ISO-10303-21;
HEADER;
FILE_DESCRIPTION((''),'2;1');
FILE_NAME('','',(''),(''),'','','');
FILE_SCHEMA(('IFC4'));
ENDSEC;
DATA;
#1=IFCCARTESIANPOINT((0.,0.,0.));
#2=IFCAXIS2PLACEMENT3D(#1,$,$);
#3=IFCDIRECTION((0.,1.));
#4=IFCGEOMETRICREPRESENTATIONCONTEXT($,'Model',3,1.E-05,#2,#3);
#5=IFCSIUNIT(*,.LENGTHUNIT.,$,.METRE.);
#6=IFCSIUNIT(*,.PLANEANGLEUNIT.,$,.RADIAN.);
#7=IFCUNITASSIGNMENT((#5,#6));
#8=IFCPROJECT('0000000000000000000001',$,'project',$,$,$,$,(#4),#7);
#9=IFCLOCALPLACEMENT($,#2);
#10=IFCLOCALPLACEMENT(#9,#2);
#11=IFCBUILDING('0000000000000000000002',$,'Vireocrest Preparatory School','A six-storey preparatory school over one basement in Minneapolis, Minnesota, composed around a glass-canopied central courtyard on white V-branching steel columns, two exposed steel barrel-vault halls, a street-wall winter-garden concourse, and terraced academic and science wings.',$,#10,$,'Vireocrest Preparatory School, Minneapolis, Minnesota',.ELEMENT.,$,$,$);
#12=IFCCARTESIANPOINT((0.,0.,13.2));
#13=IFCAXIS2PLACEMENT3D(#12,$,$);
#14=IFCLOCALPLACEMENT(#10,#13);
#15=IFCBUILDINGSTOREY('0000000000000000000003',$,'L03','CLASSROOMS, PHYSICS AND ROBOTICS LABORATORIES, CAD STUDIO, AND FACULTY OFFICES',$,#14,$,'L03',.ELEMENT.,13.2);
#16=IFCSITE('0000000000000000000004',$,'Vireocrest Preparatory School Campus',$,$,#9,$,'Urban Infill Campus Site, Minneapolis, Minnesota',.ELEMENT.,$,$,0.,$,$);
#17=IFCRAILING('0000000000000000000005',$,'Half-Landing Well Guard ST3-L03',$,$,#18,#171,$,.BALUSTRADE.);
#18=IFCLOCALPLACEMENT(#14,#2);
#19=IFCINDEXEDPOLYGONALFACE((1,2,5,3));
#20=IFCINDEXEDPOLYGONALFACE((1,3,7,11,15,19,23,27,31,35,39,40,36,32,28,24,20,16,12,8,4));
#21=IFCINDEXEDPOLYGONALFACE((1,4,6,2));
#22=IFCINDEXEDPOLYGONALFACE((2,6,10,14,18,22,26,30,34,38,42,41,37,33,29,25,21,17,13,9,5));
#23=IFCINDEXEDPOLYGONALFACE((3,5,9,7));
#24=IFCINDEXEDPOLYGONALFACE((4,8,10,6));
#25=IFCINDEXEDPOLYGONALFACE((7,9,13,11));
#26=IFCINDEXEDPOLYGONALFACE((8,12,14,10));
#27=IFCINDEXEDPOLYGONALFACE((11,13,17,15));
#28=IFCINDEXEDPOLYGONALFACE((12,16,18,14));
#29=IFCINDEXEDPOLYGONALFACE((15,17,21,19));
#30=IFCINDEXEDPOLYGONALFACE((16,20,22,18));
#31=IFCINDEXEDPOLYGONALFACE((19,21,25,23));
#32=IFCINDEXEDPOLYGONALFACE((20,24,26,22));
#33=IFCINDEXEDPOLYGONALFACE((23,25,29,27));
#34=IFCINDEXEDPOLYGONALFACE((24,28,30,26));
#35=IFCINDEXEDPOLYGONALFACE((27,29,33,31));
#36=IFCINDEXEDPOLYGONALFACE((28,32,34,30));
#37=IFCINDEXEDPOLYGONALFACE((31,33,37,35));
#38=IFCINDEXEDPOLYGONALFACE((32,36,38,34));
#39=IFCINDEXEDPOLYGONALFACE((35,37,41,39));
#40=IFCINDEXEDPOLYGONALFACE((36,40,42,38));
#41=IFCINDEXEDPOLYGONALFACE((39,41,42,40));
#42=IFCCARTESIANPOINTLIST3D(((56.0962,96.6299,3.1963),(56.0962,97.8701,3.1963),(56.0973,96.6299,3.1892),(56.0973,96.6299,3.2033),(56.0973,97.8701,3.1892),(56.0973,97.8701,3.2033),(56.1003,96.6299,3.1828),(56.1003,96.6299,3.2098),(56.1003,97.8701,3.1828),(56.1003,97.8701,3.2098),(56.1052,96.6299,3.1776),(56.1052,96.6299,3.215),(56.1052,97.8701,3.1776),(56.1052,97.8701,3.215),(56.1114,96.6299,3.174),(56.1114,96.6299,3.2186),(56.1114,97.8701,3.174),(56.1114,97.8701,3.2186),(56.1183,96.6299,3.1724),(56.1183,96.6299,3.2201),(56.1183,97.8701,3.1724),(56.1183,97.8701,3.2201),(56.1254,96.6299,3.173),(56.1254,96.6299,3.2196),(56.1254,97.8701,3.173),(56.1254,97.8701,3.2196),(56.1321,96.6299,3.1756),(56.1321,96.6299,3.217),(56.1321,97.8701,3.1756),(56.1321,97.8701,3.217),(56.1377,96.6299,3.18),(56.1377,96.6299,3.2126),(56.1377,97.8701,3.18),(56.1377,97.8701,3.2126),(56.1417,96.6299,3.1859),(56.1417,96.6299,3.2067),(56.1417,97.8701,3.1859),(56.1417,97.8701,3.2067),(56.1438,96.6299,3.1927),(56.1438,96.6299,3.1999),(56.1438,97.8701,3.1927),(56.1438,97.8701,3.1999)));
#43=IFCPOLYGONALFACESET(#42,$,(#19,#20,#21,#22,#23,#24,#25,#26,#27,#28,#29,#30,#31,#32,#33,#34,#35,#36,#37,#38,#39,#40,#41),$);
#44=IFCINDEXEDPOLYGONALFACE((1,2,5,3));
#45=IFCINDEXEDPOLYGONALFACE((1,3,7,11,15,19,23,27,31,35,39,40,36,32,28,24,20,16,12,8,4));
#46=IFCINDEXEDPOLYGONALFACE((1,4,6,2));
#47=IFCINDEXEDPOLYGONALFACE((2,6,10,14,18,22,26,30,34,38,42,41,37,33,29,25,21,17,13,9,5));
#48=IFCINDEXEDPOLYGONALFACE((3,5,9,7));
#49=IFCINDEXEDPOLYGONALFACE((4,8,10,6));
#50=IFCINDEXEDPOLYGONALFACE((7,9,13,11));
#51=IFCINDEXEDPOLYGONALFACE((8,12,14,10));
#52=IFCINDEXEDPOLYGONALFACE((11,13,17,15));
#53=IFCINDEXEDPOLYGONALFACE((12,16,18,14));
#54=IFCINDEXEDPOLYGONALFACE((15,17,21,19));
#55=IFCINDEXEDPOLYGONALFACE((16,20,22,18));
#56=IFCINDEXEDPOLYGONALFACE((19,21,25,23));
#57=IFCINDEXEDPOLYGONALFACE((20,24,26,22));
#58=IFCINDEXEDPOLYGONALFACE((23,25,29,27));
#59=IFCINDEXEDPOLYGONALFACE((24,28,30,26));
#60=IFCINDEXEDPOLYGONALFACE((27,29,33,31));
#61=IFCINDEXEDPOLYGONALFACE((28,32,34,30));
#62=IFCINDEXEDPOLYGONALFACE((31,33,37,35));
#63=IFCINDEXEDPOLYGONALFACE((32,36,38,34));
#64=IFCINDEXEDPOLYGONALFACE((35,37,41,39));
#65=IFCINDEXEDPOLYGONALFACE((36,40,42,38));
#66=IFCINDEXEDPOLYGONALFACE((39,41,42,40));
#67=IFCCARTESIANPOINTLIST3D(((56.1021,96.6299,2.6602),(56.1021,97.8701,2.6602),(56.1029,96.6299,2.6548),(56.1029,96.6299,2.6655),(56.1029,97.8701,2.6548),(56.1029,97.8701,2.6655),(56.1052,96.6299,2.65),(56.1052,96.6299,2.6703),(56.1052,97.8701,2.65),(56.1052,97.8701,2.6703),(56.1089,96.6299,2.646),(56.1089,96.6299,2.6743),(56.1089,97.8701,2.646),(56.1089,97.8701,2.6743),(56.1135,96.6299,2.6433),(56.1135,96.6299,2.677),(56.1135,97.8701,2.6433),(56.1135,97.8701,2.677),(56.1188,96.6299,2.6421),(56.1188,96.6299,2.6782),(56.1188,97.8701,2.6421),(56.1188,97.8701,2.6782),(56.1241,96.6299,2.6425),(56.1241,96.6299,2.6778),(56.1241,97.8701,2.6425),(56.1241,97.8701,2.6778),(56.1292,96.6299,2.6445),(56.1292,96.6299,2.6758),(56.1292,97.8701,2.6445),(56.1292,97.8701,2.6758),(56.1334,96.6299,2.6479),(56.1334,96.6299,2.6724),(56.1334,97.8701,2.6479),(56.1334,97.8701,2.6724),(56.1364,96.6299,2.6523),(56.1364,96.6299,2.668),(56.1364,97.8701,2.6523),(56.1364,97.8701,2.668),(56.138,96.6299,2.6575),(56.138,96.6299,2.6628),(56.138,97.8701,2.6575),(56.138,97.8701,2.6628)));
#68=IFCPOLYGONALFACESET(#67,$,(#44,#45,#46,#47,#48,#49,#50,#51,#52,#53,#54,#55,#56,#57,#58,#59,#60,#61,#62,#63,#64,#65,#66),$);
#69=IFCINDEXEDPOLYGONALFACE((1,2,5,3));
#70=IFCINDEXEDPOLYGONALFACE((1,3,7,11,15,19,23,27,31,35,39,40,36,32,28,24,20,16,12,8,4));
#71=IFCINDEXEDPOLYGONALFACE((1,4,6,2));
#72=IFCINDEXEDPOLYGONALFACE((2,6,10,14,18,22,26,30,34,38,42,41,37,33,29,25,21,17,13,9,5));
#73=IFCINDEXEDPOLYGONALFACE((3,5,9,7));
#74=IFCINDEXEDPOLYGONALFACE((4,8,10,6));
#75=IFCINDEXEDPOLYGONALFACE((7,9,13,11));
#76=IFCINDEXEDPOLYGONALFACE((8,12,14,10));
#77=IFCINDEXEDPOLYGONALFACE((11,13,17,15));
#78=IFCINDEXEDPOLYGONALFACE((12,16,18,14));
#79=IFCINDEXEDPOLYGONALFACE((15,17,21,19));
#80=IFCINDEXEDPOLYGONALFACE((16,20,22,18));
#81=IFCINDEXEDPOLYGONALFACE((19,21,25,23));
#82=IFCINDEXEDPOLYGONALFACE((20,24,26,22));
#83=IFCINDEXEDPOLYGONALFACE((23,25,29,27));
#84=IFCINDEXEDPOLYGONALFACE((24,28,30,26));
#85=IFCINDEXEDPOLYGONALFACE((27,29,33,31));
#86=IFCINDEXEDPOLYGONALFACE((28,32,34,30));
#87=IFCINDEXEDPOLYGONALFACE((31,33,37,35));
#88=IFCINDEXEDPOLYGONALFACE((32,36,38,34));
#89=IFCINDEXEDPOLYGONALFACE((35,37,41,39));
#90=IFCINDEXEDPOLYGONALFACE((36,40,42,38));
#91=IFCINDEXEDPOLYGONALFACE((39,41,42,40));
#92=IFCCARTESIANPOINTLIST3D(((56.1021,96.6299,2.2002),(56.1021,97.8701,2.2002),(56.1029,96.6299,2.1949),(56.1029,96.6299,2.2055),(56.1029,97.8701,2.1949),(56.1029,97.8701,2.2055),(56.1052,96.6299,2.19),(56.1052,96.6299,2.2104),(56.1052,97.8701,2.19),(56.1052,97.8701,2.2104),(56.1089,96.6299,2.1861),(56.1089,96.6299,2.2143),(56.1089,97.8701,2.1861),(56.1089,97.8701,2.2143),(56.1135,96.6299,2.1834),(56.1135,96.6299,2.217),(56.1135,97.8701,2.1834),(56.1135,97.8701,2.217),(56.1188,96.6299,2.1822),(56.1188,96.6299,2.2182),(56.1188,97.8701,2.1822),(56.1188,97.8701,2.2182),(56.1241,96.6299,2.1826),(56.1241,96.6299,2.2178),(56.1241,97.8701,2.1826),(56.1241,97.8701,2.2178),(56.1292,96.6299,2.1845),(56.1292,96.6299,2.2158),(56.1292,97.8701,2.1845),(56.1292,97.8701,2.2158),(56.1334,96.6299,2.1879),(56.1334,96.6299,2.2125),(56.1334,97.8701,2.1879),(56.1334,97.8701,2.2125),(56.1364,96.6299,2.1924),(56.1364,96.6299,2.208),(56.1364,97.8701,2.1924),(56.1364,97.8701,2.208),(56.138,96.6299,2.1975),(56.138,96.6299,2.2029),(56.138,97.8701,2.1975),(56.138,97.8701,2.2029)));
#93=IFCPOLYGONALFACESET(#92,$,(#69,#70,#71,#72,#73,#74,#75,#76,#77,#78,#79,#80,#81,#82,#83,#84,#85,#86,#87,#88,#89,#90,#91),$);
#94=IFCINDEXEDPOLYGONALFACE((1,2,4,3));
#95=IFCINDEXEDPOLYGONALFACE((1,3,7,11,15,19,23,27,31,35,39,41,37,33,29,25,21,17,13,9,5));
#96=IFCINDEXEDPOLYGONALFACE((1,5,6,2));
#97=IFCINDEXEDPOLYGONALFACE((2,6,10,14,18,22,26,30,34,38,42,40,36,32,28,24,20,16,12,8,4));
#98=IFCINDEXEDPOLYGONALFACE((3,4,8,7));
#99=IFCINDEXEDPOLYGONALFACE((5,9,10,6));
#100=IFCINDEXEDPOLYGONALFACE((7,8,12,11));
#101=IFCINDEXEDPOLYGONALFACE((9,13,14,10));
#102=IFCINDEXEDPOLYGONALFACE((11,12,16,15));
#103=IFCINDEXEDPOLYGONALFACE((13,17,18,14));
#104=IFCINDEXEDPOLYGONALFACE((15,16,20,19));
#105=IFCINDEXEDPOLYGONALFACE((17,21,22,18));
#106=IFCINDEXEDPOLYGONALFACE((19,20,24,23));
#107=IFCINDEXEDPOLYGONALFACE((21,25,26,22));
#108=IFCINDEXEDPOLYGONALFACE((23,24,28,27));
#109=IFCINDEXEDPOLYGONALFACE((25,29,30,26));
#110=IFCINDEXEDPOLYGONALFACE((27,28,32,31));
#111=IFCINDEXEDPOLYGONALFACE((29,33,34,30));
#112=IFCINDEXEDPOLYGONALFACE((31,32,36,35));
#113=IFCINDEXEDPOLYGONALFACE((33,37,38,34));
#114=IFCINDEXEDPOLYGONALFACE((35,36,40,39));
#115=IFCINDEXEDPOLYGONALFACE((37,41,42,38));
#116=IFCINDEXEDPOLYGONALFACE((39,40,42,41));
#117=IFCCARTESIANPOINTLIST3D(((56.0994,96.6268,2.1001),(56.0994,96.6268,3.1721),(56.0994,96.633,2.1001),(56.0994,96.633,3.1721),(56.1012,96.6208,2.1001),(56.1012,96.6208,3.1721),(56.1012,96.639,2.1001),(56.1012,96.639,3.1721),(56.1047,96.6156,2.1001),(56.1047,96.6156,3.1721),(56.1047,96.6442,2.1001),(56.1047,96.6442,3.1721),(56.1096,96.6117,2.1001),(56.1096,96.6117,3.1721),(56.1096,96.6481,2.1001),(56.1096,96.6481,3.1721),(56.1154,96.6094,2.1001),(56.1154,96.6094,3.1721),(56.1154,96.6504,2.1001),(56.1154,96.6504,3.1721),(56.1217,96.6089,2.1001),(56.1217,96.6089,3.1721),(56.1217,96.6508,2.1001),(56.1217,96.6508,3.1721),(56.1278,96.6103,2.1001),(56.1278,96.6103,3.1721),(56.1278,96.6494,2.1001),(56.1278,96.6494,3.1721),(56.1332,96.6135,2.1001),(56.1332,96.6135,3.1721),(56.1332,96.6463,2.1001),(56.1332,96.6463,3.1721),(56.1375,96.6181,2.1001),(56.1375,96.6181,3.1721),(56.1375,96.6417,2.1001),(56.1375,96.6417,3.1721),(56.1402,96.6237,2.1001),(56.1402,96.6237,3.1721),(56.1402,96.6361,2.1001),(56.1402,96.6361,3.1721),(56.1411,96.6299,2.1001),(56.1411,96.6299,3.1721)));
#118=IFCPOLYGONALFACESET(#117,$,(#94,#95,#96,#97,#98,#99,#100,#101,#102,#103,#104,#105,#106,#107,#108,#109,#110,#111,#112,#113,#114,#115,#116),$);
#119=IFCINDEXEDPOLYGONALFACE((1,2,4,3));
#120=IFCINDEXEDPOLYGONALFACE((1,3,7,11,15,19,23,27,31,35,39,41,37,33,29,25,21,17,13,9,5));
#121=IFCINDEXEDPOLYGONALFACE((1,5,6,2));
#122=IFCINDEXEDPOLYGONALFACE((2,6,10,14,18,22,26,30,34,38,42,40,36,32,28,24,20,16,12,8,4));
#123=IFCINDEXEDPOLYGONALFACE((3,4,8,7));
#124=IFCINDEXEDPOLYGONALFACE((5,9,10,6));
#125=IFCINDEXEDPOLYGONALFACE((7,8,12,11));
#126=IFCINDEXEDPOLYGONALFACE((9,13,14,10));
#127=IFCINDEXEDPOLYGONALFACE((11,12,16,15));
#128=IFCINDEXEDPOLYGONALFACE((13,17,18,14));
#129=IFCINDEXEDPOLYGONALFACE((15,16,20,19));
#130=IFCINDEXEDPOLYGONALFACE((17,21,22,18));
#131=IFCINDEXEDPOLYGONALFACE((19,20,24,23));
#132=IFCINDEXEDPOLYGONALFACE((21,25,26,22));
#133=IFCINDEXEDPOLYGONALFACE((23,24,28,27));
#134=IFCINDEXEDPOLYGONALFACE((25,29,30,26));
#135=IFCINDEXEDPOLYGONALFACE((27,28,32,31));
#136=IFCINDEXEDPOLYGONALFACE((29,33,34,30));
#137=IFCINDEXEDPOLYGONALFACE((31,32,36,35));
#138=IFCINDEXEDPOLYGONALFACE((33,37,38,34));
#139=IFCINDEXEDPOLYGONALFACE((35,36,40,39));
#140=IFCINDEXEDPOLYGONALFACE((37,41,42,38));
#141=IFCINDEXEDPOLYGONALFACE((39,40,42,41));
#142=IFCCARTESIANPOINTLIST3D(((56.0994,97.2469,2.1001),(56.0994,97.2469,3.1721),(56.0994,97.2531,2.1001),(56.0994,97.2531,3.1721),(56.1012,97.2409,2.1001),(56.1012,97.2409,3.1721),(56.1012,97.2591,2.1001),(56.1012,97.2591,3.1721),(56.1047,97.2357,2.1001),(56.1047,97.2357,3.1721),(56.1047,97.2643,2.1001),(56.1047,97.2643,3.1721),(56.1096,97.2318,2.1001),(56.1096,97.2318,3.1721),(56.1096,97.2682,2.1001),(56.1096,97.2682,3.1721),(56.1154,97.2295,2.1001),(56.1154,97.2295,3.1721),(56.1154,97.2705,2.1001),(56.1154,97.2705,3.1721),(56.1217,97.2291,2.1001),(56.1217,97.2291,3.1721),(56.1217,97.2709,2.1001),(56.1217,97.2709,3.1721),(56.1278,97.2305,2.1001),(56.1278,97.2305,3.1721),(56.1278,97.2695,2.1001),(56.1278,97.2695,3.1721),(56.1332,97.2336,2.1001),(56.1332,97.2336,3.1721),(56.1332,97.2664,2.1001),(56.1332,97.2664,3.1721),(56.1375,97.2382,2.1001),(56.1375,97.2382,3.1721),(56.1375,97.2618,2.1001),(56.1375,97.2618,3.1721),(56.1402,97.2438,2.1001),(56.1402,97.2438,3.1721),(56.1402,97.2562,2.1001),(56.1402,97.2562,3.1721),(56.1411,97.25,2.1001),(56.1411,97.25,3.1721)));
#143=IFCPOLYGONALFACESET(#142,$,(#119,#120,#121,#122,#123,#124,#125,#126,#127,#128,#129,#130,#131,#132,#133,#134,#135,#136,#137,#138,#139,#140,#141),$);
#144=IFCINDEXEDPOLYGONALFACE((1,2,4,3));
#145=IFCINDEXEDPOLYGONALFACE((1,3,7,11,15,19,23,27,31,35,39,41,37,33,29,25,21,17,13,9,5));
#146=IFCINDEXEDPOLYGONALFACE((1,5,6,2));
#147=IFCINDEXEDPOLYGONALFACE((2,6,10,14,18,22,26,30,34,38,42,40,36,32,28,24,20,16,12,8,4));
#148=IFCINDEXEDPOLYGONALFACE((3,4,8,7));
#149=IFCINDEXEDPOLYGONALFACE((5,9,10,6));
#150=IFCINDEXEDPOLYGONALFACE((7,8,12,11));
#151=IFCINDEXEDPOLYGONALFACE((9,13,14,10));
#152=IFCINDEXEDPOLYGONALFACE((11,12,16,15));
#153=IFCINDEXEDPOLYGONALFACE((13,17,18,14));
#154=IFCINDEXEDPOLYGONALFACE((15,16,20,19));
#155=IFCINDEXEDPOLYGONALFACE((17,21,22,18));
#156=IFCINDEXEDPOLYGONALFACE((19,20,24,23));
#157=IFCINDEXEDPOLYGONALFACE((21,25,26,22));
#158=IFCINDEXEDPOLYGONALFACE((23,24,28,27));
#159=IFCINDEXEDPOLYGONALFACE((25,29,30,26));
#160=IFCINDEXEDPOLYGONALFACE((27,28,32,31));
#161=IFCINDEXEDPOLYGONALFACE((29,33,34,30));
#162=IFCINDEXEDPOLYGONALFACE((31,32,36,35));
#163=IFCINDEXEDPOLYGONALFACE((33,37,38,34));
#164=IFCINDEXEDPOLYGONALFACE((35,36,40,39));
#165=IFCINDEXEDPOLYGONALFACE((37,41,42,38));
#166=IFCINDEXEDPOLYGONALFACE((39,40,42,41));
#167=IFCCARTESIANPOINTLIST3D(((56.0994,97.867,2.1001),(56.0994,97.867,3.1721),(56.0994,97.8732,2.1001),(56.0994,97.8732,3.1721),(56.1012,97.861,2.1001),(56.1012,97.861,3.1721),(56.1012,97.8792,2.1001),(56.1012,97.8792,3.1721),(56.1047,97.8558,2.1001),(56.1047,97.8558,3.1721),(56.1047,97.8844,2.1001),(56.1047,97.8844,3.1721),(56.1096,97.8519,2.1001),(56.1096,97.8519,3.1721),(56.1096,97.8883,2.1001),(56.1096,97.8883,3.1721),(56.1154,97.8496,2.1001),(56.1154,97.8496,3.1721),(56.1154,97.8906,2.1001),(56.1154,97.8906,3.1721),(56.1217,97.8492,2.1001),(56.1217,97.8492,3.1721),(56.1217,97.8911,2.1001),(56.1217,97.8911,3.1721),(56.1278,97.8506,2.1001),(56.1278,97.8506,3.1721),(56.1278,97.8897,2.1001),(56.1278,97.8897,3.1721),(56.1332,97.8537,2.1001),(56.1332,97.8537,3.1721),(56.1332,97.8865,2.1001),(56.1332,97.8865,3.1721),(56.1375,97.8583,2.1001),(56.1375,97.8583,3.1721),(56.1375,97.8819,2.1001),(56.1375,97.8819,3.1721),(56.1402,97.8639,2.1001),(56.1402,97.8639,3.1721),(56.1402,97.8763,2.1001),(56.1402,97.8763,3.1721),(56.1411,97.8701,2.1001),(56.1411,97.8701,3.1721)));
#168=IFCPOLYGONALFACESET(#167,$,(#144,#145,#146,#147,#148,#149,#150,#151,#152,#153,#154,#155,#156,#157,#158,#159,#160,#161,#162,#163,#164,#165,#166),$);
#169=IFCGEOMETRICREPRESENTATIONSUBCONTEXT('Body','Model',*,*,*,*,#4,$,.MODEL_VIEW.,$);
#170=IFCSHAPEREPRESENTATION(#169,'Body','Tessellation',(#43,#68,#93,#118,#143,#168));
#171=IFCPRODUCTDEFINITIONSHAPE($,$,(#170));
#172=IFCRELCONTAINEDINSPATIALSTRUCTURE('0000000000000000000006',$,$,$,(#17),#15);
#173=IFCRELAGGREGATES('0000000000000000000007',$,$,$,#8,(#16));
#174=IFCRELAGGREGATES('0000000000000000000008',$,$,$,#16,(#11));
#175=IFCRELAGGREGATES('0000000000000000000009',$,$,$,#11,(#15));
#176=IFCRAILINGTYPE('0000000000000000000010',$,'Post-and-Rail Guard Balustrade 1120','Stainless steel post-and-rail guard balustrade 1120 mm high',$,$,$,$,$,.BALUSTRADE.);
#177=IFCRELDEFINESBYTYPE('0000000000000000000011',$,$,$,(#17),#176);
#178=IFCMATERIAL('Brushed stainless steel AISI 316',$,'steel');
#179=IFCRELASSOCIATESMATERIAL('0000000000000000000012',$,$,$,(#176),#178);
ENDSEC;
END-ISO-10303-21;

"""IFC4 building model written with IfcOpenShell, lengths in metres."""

from ifc_helpers import new_model, si_unit, direction, frame, origin, origin_2d, place, context, subcontext, project, spatial, circle, extrude, material, type_object, element, save


model = new_model("IFC4")

# Units and contexts
model_context = context("Model", 3, precision=1e-05, world=origin(), true_north=direction((0.0, 1.0)))
body_context = subcontext(model_context, "Body", "Model", "MODEL_VIEW")
ifc_project = project(units=[si_unit("LENGTHUNIT", "METRE"), si_unit("PLANEANGLEUNIT", "RADIAN")], contexts=[model_context])

# Site, building, storey
site_placement = place(None, origin())
site = spatial("IfcSite", under=ifc_project, at=site_placement, Name="Vireocrest Preparatory School Campus", LongName="Urban Infill Campus Site, Minneapolis, Minnesota", CompositionType="ELEMENT", RefElevation=0.0)
building_placement = place(site_placement, origin())
building = spatial("IfcBuilding", under=site, at=building_placement, Name="Vireocrest Preparatory School", Description="A six-storey preparatory school over one basement in Minneapolis, Minnesota, composed around a glass-canopied central courtyard on white V-branching steel columns, two exposed steel barrel-vault halls, a street-wall winter-garden concourse, and terraced academic and science wings.", LongName="Vireocrest Preparatory School, Minneapolis, Minnesota", CompositionType="ELEMENT")
storey_placement = place(building_placement, frame((0.0, 0.0, 13.2)))
storey = spatial("IfcBuildingStorey", under=building, at=storey_placement, Name="L03", Description="CLASSROOMS, PHYSICS AND ROBOTICS LABORATORIES, CAD STUDIO, AND FACULTY OFFICES", LongName="L03", CompositionType="ELEMENT", Elevation=13.2)

# Railing
ifc_material_1 = material(Name="Brushed stainless steel AISI 316", Category="steel")
railing_type_1 = type_object("IfcRailingType", Name="Post-and-Rail Guard Balustrade 1120", Description="Stainless steel post-and-rail guard balustrade 1120 mm high", PredefinedType="BALUSTRADE", material=ifc_material_1)
railing_1_placement = place(storey_placement, frame((56.1201, 96.6299, 2.1001)))
element("IfcRailing", 1, at=railing_1_placement, inside=storey, type_object=railing_type_1, Name="Half-Landing Well Guard ST3-L03", PredefinedType="BALUSTRADE", context=body_context, shape_type="SweptSolid", body=[
    extrude(circle(Radius=0.0239, at=origin_2d()), frame((0.0, 0.0, 1.0962), z_axis=(0.0, 1.0, 0.0), x_axis=(-1.0, 0.0, 0.0)), (0.0, 0.0, 1.0), 1.2402),
    extrude(circle(Radius=0.0181, at=origin_2d()), frame((0.0, 0.0, 0.5601), z_axis=(0.0, 1.0, 0.0), x_axis=(-1.0, 0.0, 0.0)), (0.0, 0.0, 1.0), 1.2402),
    extrude(circle(Radius=0.0181, at=origin_2d()), frame((0.0, 0.0, 0.1001), z_axis=(0.0, 1.0, 0.0), x_axis=(-1.0, 0.0, 0.0)), (0.0, 0.0, 1.0), 1.2402),
    extrude(circle(Radius=0.021, at=origin_2d()), origin(), (0.0, 0.0, 1.0), 1.072),
    extrude(circle(Radius=0.021, at=origin_2d()), frame((0.0, 0.6201, 0.0)), (0.0, 0.0, 1.0), 1.072),
    extrude(circle(Radius=0.021, at=origin_2d()), frame((0.0, 1.2402, 0.0)), (0.0, 0.0, 1.0), 1.072),
])

save(model, "model.ifc")
